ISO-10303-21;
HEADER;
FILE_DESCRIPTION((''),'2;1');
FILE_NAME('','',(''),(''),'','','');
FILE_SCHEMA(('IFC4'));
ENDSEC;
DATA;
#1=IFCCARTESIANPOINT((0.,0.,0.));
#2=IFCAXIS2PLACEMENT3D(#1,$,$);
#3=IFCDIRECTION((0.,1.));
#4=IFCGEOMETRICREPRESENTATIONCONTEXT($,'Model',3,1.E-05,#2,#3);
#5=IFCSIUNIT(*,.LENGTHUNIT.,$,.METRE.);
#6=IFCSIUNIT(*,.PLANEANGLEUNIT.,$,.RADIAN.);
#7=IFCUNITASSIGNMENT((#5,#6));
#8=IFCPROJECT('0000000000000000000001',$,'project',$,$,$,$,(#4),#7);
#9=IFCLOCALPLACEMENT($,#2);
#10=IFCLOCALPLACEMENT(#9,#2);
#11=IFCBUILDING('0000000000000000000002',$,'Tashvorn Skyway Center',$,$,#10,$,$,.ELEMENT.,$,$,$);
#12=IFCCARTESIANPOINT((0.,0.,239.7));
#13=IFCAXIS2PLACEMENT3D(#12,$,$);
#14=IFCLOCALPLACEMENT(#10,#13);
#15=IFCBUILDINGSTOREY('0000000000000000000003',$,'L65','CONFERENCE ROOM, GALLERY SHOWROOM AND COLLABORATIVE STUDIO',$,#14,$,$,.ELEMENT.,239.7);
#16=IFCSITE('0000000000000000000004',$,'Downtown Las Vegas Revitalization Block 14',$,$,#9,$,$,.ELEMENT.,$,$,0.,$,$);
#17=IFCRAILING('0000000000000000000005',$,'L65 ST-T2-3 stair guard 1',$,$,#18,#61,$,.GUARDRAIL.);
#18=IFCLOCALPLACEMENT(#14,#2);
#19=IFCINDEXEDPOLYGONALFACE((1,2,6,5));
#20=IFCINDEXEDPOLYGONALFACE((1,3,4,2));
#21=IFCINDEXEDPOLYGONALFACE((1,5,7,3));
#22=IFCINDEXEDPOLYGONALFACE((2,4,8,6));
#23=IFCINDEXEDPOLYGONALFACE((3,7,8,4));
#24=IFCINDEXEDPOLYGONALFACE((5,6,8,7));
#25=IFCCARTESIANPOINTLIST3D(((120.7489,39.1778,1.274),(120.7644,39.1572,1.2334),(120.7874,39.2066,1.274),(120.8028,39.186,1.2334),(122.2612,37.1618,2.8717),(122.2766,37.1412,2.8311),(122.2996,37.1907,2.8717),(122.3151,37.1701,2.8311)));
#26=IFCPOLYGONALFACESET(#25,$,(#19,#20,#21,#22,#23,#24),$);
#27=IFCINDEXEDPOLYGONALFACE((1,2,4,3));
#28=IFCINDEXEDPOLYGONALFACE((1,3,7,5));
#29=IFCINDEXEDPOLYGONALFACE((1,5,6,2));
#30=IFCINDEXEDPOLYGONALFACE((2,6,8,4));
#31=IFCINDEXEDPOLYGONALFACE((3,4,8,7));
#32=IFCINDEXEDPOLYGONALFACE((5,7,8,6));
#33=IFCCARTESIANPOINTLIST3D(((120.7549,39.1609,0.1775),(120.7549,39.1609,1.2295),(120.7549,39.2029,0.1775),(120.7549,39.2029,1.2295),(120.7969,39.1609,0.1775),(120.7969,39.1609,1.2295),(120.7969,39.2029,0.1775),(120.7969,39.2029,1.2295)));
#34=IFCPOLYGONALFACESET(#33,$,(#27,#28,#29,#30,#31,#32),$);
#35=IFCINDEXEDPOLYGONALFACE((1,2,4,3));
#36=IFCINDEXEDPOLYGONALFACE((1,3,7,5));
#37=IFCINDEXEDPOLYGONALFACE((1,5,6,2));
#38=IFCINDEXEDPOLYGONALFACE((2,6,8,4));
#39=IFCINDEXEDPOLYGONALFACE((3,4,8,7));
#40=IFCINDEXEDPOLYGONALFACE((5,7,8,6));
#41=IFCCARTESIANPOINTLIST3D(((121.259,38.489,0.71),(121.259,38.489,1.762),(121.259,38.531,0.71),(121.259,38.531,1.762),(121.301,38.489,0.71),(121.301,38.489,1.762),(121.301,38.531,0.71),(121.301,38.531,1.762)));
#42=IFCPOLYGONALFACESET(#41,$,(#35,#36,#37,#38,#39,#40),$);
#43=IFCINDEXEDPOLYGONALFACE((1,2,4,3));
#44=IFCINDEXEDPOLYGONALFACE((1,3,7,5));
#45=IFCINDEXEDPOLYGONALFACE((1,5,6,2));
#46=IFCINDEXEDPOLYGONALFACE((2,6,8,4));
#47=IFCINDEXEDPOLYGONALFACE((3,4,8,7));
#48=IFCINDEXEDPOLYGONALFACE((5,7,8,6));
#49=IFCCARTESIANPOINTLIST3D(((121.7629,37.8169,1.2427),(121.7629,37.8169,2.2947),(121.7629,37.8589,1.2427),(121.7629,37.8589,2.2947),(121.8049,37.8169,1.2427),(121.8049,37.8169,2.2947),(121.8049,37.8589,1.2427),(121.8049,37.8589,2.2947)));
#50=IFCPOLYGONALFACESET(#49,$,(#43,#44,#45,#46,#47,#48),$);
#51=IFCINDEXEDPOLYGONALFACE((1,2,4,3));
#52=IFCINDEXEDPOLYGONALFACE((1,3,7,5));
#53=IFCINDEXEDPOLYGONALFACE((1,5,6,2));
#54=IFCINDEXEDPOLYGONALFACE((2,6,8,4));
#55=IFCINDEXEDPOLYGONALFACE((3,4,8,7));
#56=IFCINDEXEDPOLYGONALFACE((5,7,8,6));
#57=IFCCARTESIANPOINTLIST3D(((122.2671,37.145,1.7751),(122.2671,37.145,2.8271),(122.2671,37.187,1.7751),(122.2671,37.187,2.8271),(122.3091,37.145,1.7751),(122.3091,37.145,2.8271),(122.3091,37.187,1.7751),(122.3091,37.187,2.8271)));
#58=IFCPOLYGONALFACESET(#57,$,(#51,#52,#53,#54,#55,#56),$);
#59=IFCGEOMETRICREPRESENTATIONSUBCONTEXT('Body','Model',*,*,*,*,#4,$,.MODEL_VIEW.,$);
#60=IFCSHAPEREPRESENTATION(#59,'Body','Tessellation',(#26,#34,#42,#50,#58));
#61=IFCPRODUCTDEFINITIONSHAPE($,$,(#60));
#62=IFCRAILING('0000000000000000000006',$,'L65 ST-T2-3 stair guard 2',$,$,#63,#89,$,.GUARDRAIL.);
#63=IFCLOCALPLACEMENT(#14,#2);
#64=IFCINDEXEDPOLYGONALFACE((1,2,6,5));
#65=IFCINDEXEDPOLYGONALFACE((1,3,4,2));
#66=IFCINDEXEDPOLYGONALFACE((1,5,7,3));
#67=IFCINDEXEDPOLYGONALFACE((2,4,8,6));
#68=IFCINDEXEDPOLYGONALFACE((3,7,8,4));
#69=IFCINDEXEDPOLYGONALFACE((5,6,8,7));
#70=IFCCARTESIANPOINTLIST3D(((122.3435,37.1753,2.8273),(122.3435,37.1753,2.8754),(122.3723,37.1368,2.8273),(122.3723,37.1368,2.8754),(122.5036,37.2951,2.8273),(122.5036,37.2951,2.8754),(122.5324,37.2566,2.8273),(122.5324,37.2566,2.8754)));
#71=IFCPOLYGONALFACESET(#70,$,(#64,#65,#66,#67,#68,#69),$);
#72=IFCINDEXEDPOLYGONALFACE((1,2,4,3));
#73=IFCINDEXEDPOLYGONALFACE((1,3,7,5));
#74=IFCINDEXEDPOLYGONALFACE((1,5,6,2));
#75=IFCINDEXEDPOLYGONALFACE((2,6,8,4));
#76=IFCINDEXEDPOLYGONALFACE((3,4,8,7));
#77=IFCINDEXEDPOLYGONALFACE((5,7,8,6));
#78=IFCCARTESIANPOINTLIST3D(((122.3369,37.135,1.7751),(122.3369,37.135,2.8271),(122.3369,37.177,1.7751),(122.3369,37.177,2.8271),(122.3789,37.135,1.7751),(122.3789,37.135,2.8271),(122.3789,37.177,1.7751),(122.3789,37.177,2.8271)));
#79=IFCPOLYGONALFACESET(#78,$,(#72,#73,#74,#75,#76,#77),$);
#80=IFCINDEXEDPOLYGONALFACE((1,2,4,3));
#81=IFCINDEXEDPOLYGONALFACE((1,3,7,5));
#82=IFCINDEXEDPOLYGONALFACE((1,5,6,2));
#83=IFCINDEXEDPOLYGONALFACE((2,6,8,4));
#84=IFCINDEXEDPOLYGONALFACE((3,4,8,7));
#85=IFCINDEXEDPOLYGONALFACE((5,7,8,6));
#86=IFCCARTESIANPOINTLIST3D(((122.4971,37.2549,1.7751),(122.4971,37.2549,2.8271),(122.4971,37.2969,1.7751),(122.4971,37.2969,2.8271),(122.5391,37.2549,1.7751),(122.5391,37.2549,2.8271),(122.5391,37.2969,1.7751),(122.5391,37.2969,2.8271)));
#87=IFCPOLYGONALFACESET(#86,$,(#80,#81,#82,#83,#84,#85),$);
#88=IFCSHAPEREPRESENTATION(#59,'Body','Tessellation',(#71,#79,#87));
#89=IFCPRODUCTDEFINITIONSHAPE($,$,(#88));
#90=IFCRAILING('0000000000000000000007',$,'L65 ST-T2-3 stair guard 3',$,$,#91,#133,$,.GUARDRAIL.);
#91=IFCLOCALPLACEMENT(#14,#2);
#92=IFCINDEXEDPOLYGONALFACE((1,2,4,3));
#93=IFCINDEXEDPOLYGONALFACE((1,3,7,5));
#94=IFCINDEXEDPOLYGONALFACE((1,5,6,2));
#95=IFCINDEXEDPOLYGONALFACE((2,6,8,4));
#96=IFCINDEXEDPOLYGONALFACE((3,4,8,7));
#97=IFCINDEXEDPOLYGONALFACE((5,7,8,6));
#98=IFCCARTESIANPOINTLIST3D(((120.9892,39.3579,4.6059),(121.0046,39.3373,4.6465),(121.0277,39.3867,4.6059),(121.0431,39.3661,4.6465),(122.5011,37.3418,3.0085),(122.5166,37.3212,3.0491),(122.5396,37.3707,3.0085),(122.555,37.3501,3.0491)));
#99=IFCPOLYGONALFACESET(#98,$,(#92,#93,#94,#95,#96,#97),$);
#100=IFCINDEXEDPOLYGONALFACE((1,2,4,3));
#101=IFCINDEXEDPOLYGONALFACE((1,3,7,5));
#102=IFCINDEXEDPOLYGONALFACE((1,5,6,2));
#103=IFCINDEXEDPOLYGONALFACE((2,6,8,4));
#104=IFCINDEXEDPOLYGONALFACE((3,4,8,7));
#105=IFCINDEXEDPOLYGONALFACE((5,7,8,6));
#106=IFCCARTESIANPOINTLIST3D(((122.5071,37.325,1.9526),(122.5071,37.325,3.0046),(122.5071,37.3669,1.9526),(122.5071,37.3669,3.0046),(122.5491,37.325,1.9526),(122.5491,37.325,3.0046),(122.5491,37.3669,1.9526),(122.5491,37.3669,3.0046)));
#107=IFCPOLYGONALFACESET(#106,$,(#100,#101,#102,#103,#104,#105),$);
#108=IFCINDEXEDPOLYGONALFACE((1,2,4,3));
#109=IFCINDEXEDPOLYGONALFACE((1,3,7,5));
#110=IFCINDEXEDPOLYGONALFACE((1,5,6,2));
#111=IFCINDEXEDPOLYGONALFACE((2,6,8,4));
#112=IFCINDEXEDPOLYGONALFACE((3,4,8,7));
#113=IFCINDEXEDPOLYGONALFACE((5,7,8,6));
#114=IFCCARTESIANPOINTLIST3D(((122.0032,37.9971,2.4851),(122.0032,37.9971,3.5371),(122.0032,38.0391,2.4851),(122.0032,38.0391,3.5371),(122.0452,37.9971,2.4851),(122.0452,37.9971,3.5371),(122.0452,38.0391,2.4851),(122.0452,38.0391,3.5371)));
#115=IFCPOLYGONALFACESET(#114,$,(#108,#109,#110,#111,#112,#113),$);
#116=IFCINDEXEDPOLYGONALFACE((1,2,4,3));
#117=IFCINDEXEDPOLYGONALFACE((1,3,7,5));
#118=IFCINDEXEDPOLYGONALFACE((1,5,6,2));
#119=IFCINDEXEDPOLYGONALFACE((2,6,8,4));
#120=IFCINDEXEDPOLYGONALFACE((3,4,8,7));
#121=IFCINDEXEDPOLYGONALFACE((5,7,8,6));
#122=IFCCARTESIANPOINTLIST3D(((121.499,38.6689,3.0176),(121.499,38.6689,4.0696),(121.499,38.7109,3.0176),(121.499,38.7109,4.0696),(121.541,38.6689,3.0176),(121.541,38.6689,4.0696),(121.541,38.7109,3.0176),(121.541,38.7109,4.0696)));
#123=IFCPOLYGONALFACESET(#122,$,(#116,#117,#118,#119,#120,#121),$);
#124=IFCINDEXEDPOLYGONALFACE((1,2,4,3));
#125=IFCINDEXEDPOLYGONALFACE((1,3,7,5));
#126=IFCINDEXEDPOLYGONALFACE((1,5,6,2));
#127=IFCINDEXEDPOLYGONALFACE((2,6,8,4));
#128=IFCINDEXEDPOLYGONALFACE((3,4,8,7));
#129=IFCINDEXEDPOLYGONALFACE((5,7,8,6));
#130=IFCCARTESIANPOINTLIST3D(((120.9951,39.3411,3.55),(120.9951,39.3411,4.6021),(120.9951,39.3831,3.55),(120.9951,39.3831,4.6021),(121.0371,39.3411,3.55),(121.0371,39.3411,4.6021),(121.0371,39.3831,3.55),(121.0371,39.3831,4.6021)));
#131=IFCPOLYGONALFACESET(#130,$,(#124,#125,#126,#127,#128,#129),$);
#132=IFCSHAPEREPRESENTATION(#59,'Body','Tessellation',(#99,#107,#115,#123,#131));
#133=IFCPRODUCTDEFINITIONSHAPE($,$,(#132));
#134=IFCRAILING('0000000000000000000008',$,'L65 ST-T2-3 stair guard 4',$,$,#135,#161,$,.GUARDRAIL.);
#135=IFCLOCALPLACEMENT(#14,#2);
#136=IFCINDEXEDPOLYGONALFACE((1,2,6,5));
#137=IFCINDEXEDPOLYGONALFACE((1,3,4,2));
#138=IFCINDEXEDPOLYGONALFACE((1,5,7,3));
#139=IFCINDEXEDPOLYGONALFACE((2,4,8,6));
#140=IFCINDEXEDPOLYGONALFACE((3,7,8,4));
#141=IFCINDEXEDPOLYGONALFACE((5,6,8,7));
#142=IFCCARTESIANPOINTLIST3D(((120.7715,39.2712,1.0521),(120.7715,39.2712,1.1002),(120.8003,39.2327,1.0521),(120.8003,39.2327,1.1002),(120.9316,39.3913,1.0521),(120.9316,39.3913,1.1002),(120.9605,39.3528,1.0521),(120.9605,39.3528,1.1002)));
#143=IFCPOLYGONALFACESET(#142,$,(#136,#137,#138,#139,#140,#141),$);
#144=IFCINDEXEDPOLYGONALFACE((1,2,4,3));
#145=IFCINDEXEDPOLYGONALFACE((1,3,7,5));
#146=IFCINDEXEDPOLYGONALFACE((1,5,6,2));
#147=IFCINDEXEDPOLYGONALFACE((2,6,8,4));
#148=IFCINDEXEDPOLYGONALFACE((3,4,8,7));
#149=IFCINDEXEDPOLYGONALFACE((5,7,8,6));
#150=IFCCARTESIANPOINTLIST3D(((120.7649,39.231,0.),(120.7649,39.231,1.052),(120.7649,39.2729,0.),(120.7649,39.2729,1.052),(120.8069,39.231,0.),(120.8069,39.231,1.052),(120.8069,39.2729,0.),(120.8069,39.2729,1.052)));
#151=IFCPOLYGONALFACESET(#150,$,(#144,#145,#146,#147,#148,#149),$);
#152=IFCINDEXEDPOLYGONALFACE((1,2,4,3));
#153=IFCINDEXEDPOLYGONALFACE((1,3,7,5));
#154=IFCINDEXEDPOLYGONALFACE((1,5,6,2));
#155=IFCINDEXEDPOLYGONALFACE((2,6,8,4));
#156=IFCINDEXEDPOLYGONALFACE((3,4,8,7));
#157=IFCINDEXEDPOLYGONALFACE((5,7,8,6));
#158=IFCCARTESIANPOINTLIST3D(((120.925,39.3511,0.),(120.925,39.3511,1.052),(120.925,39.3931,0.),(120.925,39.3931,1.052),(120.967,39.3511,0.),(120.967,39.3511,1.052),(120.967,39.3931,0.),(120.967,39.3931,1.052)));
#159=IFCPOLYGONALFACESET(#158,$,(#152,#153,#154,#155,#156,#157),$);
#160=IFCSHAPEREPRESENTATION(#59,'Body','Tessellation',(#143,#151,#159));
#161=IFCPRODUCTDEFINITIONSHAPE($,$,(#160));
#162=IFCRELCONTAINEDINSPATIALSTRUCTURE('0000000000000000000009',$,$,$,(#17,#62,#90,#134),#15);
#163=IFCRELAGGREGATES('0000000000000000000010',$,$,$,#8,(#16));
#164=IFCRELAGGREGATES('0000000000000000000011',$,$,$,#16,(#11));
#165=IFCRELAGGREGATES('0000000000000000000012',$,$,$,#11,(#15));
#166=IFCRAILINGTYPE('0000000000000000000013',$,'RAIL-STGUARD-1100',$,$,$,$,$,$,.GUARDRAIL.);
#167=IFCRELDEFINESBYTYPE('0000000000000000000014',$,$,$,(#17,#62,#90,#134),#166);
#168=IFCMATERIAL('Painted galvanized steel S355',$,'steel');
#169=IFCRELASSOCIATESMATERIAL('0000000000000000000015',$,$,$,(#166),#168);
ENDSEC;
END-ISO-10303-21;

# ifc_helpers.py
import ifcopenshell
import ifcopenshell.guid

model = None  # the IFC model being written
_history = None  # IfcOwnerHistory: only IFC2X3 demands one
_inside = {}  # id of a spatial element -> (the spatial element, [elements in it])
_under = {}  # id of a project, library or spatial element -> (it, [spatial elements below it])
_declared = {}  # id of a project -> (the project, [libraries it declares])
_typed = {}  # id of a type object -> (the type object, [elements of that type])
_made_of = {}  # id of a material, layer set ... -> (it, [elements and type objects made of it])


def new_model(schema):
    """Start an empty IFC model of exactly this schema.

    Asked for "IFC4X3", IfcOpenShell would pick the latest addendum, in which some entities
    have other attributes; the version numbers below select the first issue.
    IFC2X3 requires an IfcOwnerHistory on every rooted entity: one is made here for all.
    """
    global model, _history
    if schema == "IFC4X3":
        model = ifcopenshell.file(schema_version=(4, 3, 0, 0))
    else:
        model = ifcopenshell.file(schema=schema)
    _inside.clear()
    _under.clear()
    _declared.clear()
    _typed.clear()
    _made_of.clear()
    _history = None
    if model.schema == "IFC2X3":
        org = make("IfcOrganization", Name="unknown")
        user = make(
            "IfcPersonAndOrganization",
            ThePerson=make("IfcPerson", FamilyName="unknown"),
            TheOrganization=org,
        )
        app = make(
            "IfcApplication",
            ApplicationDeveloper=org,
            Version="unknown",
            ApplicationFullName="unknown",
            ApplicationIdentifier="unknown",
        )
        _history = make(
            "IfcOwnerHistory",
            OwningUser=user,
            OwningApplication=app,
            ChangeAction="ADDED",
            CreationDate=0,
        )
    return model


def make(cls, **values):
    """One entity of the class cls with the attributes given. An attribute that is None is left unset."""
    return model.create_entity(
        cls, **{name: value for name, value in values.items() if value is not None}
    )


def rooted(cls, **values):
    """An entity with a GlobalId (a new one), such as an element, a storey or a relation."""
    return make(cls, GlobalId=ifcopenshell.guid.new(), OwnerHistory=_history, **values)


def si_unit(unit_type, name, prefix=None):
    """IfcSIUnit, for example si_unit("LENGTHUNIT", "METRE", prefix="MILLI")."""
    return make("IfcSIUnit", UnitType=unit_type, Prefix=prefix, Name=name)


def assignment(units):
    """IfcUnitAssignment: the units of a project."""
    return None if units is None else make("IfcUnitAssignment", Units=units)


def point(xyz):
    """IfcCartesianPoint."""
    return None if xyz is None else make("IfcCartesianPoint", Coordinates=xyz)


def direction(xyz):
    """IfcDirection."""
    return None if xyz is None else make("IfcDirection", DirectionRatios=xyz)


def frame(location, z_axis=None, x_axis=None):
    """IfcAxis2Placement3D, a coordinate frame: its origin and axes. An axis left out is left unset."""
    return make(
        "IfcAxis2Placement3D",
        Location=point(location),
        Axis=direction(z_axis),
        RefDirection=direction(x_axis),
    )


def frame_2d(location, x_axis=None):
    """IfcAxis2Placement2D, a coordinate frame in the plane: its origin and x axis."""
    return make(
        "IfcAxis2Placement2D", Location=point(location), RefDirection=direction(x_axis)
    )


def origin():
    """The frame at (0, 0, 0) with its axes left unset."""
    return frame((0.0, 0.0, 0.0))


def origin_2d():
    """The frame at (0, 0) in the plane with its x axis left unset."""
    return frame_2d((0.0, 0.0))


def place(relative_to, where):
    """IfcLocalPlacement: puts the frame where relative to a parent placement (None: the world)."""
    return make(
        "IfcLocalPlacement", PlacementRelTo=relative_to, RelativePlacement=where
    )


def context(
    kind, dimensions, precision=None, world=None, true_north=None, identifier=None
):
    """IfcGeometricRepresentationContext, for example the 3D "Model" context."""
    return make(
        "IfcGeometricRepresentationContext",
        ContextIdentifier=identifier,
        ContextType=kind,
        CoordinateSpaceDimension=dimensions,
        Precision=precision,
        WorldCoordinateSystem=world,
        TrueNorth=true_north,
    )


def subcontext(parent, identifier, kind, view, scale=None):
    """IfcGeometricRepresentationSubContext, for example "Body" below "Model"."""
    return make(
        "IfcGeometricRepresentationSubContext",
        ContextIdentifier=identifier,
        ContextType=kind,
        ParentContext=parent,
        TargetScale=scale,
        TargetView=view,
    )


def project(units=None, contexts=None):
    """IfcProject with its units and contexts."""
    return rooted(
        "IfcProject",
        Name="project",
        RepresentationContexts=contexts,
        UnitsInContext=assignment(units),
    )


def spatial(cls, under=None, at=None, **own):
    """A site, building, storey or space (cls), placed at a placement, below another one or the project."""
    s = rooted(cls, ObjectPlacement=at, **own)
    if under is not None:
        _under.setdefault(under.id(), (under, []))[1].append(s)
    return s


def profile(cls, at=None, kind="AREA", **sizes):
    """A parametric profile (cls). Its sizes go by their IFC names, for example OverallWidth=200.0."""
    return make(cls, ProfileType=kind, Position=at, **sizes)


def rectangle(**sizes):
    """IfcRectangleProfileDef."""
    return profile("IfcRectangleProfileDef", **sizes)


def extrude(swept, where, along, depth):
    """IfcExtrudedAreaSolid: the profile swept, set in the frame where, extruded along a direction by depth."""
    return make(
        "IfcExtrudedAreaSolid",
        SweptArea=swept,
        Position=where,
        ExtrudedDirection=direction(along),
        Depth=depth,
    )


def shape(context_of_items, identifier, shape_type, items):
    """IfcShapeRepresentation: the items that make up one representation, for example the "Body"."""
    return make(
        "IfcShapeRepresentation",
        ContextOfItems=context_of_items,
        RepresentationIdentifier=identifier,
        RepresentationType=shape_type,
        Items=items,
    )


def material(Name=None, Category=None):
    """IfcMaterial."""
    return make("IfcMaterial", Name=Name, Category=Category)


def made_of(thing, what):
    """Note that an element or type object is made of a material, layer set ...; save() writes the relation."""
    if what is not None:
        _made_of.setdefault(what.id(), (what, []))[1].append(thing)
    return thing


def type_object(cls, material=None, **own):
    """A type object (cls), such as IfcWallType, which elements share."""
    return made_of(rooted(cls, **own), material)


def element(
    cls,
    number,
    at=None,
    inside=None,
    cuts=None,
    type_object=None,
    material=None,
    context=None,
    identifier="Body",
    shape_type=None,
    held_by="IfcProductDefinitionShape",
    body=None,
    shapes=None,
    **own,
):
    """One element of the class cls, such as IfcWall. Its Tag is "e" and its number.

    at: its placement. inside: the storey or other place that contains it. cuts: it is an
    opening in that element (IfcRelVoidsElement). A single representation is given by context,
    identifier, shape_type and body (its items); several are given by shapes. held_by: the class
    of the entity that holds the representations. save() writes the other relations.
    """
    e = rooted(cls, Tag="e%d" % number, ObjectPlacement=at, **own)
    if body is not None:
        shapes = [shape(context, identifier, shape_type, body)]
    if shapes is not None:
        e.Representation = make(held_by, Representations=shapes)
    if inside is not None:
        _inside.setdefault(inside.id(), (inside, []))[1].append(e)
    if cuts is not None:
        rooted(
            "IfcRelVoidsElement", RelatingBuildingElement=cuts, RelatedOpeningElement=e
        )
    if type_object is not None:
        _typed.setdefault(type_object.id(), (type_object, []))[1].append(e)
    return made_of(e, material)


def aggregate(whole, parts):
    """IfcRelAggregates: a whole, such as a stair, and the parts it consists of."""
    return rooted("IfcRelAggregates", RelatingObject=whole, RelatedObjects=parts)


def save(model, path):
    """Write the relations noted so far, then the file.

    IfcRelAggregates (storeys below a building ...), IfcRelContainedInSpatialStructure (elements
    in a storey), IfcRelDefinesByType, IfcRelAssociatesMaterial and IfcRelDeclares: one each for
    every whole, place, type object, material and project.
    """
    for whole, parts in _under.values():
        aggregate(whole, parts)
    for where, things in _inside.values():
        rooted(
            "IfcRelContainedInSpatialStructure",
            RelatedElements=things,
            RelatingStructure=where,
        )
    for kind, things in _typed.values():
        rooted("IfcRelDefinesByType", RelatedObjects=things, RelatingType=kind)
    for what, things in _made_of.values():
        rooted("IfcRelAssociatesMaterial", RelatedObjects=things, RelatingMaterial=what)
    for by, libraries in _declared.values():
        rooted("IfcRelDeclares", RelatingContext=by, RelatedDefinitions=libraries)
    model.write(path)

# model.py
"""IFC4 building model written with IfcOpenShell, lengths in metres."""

from ifc_helpers import new_model, si_unit, direction, frame, origin, origin_2d, place, context, subcontext, project, spatial, rectangle, extrude, material, type_object, element, save


model = new_model("IFC4")

# Units and contexts
model_context = context("Model", 3, precision=1e-05, world=origin(), true_north=direction((0.0, 1.0)))
body_context = subcontext(model_context, "Body", "Model", "MODEL_VIEW")
ifc_project = project(units=[si_unit("LENGTHUNIT", "METRE"), si_unit("PLANEANGLEUNIT", "RADIAN")], contexts=[model_context])

# Site, building, storey
site_placement = place(None, origin())
site = spatial("IfcSite", under=ifc_project, at=site_placement, Name="Downtown Las Vegas Revitalization Block 14", CompositionType="ELEMENT", RefElevation=0.0)
building_placement = place(site_placement, origin())
building = spatial("IfcBuilding", under=site, at=building_placement, Name="Tashvorn Skyway Center", CompositionType="ELEMENT")
storey_placement = place(building_placement, frame((0.0, 0.0, 239.7)))
storey = spatial("IfcBuildingStorey", under=building, at=storey_placement, Name="L65", Description="CONFERENCE ROOM, GALLERY SHOWROOM AND COLLABORATIVE STUDIO", CompositionType="ELEMENT", Elevation=239.7)

# Railings
ifc_material_1 = material(Name="Painted galvanized steel S355", Category="steel")
railing_type_1 = type_object("IfcRailingType", Name="RAIL-STGUARD-1100", PredefinedType="GUARDRAIL", material=ifc_material_1)
railing_1_placement = place(storey_placement, frame((120.7759, 39.1819, 0.1775)))
element("IfcRailing", 1, at=railing_1_placement, inside=storey, type_object=railing_type_1, Name="L65 ST-T2-3 stair guard 1", PredefinedType="GUARDRAIL", context=body_context, shape_type="SweptSolid", body=[
    extrude(rectangle(XDim=0.0481, YDim=0.0481, at=origin_2d()), frame((0.0, 0.0, 1.0762), z_axis=(0.506807, -0.675607, 0.535445), x_axis=(0.799942, 0.600078, 0.0)), (0.0, 0.0, 1.0), 2.9839),
    extrude(rectangle(XDim=0.042, YDim=0.042, at=origin_2d()), origin(), (0.0, 0.0, 1.0), 1.052),
    extrude(rectangle(XDim=0.042, YDim=0.042, at=origin_2d()), frame((0.5042, -0.6719, 0.5325)), (0.0, 0.0, 1.0), 1.052),
    extrude(rectangle(XDim=0.042, YDim=0.042, at=origin_2d()), frame((1.0081, -1.344, 1.0652)), (0.0, 0.0, 1.0), 1.052),
    extrude(rectangle(XDim=0.042, YDim=0.042, at=origin_2d()), frame((1.5122, -2.0159, 1.5977)), (0.0, 0.0, 1.0), 1.052),
])
railing_2_placement = place(storey_placement, frame((122.3579, 37.156, 1.7751)))
element("IfcRailing", 2, at=railing_2_placement, inside=storey, type_object=railing_type_1, Name="L65 ST-T2-3 stair guard 2", PredefinedType="GUARDRAIL", context=body_context, shape_type="SweptSolid", body=[
    extrude(rectangle(XDim=0.0481, YDim=0.0481, at=origin_2d()), frame((0.0, 0.0, 1.0762), z_axis=(0.800585, 0.599219, 0.0), x_axis=(-0.599219, 0.800585, 0.0)), (0.0, 0.0, 1.0), 0.2),
    extrude(rectangle(XDim=0.042, YDim=0.042, at=origin_2d()), origin(), (0.0, 0.0, 1.0), 1.052),
    extrude(rectangle(XDim=0.042, YDim=0.042, at=origin_2d()), frame((0.1602, 0.1199, 0.0)), (0.0, 0.0, 1.0), 1.052),
])
railing_3_placement = place(storey_placement, frame((122.5281, 37.3459, 1.9526)))
element("IfcRailing", 3, at=railing_3_placement, inside=storey, type_object=railing_type_1, Name="L65 ST-T2-3 stair guard 3", PredefinedType="GUARDRAIL", context=body_context, shape_type="SweptSolid", body=[
    extrude(rectangle(XDim=0.0481, YDim=0.0481, at=origin_2d()), frame((0.0, 0.0, 1.0762), z_axis=(-0.506741, 0.675709, 0.535379), x_axis=(-0.800023, -0.599969, 0.0)), (0.0, 0.0, 1.0), 2.9836),
    extrude(rectangle(XDim=0.042, YDim=0.042, at=origin_2d()), origin(), (0.0, 0.0, 1.0), 1.052),
    extrude(rectangle(XDim=0.042, YDim=0.042, at=origin_2d()), frame((-0.5039, 0.6721, 0.5325)), (0.0, 0.0, 1.0), 1.052),
    extrude(rectangle(XDim=0.042, YDim=0.042, at=origin_2d()), frame((-1.0081, 1.344, 1.0649)), (0.0, 0.0, 1.0), 1.052),
    extrude(rectangle(XDim=0.042, YDim=0.042, at=origin_2d()), frame((-1.512, 2.0161, 1.5974)), (0.0, 0.0, 1.0), 1.052),
])
railing_4_placement = place(storey_placement, frame((120.7859, 39.252, 0.0)))
element("IfcRailing", 4, at=railing_4_placement, inside=storey, type_object=railing_type_1, Name="L65 ST-T2-3 stair guard 4", PredefinedType="GUARDRAIL", context=body_context, shape_type="SweptSolid", body=[
    extrude(rectangle(XDim=0.0481, YDim=0.0481, at=origin_2d()), frame((0.0, 0.0, 1.0762), z_axis=(0.8, 0.6, 0.0), x_axis=(-0.6, 0.8, 0.0)), (0.0, 0.0, 1.0), 0.2002),
    extrude(rectangle(XDim=0.042, YDim=0.042, at=origin_2d()), origin(), (0.0, 0.0, 1.0), 1.052),
    extrude(rectangle(XDim=0.042, YDim=0.042, at=origin_2d()), frame((0.1602, 0.1201, 0.0)), (0.0, 0.0, 1.0), 1.052),
])

save(model, "model.ifc")
